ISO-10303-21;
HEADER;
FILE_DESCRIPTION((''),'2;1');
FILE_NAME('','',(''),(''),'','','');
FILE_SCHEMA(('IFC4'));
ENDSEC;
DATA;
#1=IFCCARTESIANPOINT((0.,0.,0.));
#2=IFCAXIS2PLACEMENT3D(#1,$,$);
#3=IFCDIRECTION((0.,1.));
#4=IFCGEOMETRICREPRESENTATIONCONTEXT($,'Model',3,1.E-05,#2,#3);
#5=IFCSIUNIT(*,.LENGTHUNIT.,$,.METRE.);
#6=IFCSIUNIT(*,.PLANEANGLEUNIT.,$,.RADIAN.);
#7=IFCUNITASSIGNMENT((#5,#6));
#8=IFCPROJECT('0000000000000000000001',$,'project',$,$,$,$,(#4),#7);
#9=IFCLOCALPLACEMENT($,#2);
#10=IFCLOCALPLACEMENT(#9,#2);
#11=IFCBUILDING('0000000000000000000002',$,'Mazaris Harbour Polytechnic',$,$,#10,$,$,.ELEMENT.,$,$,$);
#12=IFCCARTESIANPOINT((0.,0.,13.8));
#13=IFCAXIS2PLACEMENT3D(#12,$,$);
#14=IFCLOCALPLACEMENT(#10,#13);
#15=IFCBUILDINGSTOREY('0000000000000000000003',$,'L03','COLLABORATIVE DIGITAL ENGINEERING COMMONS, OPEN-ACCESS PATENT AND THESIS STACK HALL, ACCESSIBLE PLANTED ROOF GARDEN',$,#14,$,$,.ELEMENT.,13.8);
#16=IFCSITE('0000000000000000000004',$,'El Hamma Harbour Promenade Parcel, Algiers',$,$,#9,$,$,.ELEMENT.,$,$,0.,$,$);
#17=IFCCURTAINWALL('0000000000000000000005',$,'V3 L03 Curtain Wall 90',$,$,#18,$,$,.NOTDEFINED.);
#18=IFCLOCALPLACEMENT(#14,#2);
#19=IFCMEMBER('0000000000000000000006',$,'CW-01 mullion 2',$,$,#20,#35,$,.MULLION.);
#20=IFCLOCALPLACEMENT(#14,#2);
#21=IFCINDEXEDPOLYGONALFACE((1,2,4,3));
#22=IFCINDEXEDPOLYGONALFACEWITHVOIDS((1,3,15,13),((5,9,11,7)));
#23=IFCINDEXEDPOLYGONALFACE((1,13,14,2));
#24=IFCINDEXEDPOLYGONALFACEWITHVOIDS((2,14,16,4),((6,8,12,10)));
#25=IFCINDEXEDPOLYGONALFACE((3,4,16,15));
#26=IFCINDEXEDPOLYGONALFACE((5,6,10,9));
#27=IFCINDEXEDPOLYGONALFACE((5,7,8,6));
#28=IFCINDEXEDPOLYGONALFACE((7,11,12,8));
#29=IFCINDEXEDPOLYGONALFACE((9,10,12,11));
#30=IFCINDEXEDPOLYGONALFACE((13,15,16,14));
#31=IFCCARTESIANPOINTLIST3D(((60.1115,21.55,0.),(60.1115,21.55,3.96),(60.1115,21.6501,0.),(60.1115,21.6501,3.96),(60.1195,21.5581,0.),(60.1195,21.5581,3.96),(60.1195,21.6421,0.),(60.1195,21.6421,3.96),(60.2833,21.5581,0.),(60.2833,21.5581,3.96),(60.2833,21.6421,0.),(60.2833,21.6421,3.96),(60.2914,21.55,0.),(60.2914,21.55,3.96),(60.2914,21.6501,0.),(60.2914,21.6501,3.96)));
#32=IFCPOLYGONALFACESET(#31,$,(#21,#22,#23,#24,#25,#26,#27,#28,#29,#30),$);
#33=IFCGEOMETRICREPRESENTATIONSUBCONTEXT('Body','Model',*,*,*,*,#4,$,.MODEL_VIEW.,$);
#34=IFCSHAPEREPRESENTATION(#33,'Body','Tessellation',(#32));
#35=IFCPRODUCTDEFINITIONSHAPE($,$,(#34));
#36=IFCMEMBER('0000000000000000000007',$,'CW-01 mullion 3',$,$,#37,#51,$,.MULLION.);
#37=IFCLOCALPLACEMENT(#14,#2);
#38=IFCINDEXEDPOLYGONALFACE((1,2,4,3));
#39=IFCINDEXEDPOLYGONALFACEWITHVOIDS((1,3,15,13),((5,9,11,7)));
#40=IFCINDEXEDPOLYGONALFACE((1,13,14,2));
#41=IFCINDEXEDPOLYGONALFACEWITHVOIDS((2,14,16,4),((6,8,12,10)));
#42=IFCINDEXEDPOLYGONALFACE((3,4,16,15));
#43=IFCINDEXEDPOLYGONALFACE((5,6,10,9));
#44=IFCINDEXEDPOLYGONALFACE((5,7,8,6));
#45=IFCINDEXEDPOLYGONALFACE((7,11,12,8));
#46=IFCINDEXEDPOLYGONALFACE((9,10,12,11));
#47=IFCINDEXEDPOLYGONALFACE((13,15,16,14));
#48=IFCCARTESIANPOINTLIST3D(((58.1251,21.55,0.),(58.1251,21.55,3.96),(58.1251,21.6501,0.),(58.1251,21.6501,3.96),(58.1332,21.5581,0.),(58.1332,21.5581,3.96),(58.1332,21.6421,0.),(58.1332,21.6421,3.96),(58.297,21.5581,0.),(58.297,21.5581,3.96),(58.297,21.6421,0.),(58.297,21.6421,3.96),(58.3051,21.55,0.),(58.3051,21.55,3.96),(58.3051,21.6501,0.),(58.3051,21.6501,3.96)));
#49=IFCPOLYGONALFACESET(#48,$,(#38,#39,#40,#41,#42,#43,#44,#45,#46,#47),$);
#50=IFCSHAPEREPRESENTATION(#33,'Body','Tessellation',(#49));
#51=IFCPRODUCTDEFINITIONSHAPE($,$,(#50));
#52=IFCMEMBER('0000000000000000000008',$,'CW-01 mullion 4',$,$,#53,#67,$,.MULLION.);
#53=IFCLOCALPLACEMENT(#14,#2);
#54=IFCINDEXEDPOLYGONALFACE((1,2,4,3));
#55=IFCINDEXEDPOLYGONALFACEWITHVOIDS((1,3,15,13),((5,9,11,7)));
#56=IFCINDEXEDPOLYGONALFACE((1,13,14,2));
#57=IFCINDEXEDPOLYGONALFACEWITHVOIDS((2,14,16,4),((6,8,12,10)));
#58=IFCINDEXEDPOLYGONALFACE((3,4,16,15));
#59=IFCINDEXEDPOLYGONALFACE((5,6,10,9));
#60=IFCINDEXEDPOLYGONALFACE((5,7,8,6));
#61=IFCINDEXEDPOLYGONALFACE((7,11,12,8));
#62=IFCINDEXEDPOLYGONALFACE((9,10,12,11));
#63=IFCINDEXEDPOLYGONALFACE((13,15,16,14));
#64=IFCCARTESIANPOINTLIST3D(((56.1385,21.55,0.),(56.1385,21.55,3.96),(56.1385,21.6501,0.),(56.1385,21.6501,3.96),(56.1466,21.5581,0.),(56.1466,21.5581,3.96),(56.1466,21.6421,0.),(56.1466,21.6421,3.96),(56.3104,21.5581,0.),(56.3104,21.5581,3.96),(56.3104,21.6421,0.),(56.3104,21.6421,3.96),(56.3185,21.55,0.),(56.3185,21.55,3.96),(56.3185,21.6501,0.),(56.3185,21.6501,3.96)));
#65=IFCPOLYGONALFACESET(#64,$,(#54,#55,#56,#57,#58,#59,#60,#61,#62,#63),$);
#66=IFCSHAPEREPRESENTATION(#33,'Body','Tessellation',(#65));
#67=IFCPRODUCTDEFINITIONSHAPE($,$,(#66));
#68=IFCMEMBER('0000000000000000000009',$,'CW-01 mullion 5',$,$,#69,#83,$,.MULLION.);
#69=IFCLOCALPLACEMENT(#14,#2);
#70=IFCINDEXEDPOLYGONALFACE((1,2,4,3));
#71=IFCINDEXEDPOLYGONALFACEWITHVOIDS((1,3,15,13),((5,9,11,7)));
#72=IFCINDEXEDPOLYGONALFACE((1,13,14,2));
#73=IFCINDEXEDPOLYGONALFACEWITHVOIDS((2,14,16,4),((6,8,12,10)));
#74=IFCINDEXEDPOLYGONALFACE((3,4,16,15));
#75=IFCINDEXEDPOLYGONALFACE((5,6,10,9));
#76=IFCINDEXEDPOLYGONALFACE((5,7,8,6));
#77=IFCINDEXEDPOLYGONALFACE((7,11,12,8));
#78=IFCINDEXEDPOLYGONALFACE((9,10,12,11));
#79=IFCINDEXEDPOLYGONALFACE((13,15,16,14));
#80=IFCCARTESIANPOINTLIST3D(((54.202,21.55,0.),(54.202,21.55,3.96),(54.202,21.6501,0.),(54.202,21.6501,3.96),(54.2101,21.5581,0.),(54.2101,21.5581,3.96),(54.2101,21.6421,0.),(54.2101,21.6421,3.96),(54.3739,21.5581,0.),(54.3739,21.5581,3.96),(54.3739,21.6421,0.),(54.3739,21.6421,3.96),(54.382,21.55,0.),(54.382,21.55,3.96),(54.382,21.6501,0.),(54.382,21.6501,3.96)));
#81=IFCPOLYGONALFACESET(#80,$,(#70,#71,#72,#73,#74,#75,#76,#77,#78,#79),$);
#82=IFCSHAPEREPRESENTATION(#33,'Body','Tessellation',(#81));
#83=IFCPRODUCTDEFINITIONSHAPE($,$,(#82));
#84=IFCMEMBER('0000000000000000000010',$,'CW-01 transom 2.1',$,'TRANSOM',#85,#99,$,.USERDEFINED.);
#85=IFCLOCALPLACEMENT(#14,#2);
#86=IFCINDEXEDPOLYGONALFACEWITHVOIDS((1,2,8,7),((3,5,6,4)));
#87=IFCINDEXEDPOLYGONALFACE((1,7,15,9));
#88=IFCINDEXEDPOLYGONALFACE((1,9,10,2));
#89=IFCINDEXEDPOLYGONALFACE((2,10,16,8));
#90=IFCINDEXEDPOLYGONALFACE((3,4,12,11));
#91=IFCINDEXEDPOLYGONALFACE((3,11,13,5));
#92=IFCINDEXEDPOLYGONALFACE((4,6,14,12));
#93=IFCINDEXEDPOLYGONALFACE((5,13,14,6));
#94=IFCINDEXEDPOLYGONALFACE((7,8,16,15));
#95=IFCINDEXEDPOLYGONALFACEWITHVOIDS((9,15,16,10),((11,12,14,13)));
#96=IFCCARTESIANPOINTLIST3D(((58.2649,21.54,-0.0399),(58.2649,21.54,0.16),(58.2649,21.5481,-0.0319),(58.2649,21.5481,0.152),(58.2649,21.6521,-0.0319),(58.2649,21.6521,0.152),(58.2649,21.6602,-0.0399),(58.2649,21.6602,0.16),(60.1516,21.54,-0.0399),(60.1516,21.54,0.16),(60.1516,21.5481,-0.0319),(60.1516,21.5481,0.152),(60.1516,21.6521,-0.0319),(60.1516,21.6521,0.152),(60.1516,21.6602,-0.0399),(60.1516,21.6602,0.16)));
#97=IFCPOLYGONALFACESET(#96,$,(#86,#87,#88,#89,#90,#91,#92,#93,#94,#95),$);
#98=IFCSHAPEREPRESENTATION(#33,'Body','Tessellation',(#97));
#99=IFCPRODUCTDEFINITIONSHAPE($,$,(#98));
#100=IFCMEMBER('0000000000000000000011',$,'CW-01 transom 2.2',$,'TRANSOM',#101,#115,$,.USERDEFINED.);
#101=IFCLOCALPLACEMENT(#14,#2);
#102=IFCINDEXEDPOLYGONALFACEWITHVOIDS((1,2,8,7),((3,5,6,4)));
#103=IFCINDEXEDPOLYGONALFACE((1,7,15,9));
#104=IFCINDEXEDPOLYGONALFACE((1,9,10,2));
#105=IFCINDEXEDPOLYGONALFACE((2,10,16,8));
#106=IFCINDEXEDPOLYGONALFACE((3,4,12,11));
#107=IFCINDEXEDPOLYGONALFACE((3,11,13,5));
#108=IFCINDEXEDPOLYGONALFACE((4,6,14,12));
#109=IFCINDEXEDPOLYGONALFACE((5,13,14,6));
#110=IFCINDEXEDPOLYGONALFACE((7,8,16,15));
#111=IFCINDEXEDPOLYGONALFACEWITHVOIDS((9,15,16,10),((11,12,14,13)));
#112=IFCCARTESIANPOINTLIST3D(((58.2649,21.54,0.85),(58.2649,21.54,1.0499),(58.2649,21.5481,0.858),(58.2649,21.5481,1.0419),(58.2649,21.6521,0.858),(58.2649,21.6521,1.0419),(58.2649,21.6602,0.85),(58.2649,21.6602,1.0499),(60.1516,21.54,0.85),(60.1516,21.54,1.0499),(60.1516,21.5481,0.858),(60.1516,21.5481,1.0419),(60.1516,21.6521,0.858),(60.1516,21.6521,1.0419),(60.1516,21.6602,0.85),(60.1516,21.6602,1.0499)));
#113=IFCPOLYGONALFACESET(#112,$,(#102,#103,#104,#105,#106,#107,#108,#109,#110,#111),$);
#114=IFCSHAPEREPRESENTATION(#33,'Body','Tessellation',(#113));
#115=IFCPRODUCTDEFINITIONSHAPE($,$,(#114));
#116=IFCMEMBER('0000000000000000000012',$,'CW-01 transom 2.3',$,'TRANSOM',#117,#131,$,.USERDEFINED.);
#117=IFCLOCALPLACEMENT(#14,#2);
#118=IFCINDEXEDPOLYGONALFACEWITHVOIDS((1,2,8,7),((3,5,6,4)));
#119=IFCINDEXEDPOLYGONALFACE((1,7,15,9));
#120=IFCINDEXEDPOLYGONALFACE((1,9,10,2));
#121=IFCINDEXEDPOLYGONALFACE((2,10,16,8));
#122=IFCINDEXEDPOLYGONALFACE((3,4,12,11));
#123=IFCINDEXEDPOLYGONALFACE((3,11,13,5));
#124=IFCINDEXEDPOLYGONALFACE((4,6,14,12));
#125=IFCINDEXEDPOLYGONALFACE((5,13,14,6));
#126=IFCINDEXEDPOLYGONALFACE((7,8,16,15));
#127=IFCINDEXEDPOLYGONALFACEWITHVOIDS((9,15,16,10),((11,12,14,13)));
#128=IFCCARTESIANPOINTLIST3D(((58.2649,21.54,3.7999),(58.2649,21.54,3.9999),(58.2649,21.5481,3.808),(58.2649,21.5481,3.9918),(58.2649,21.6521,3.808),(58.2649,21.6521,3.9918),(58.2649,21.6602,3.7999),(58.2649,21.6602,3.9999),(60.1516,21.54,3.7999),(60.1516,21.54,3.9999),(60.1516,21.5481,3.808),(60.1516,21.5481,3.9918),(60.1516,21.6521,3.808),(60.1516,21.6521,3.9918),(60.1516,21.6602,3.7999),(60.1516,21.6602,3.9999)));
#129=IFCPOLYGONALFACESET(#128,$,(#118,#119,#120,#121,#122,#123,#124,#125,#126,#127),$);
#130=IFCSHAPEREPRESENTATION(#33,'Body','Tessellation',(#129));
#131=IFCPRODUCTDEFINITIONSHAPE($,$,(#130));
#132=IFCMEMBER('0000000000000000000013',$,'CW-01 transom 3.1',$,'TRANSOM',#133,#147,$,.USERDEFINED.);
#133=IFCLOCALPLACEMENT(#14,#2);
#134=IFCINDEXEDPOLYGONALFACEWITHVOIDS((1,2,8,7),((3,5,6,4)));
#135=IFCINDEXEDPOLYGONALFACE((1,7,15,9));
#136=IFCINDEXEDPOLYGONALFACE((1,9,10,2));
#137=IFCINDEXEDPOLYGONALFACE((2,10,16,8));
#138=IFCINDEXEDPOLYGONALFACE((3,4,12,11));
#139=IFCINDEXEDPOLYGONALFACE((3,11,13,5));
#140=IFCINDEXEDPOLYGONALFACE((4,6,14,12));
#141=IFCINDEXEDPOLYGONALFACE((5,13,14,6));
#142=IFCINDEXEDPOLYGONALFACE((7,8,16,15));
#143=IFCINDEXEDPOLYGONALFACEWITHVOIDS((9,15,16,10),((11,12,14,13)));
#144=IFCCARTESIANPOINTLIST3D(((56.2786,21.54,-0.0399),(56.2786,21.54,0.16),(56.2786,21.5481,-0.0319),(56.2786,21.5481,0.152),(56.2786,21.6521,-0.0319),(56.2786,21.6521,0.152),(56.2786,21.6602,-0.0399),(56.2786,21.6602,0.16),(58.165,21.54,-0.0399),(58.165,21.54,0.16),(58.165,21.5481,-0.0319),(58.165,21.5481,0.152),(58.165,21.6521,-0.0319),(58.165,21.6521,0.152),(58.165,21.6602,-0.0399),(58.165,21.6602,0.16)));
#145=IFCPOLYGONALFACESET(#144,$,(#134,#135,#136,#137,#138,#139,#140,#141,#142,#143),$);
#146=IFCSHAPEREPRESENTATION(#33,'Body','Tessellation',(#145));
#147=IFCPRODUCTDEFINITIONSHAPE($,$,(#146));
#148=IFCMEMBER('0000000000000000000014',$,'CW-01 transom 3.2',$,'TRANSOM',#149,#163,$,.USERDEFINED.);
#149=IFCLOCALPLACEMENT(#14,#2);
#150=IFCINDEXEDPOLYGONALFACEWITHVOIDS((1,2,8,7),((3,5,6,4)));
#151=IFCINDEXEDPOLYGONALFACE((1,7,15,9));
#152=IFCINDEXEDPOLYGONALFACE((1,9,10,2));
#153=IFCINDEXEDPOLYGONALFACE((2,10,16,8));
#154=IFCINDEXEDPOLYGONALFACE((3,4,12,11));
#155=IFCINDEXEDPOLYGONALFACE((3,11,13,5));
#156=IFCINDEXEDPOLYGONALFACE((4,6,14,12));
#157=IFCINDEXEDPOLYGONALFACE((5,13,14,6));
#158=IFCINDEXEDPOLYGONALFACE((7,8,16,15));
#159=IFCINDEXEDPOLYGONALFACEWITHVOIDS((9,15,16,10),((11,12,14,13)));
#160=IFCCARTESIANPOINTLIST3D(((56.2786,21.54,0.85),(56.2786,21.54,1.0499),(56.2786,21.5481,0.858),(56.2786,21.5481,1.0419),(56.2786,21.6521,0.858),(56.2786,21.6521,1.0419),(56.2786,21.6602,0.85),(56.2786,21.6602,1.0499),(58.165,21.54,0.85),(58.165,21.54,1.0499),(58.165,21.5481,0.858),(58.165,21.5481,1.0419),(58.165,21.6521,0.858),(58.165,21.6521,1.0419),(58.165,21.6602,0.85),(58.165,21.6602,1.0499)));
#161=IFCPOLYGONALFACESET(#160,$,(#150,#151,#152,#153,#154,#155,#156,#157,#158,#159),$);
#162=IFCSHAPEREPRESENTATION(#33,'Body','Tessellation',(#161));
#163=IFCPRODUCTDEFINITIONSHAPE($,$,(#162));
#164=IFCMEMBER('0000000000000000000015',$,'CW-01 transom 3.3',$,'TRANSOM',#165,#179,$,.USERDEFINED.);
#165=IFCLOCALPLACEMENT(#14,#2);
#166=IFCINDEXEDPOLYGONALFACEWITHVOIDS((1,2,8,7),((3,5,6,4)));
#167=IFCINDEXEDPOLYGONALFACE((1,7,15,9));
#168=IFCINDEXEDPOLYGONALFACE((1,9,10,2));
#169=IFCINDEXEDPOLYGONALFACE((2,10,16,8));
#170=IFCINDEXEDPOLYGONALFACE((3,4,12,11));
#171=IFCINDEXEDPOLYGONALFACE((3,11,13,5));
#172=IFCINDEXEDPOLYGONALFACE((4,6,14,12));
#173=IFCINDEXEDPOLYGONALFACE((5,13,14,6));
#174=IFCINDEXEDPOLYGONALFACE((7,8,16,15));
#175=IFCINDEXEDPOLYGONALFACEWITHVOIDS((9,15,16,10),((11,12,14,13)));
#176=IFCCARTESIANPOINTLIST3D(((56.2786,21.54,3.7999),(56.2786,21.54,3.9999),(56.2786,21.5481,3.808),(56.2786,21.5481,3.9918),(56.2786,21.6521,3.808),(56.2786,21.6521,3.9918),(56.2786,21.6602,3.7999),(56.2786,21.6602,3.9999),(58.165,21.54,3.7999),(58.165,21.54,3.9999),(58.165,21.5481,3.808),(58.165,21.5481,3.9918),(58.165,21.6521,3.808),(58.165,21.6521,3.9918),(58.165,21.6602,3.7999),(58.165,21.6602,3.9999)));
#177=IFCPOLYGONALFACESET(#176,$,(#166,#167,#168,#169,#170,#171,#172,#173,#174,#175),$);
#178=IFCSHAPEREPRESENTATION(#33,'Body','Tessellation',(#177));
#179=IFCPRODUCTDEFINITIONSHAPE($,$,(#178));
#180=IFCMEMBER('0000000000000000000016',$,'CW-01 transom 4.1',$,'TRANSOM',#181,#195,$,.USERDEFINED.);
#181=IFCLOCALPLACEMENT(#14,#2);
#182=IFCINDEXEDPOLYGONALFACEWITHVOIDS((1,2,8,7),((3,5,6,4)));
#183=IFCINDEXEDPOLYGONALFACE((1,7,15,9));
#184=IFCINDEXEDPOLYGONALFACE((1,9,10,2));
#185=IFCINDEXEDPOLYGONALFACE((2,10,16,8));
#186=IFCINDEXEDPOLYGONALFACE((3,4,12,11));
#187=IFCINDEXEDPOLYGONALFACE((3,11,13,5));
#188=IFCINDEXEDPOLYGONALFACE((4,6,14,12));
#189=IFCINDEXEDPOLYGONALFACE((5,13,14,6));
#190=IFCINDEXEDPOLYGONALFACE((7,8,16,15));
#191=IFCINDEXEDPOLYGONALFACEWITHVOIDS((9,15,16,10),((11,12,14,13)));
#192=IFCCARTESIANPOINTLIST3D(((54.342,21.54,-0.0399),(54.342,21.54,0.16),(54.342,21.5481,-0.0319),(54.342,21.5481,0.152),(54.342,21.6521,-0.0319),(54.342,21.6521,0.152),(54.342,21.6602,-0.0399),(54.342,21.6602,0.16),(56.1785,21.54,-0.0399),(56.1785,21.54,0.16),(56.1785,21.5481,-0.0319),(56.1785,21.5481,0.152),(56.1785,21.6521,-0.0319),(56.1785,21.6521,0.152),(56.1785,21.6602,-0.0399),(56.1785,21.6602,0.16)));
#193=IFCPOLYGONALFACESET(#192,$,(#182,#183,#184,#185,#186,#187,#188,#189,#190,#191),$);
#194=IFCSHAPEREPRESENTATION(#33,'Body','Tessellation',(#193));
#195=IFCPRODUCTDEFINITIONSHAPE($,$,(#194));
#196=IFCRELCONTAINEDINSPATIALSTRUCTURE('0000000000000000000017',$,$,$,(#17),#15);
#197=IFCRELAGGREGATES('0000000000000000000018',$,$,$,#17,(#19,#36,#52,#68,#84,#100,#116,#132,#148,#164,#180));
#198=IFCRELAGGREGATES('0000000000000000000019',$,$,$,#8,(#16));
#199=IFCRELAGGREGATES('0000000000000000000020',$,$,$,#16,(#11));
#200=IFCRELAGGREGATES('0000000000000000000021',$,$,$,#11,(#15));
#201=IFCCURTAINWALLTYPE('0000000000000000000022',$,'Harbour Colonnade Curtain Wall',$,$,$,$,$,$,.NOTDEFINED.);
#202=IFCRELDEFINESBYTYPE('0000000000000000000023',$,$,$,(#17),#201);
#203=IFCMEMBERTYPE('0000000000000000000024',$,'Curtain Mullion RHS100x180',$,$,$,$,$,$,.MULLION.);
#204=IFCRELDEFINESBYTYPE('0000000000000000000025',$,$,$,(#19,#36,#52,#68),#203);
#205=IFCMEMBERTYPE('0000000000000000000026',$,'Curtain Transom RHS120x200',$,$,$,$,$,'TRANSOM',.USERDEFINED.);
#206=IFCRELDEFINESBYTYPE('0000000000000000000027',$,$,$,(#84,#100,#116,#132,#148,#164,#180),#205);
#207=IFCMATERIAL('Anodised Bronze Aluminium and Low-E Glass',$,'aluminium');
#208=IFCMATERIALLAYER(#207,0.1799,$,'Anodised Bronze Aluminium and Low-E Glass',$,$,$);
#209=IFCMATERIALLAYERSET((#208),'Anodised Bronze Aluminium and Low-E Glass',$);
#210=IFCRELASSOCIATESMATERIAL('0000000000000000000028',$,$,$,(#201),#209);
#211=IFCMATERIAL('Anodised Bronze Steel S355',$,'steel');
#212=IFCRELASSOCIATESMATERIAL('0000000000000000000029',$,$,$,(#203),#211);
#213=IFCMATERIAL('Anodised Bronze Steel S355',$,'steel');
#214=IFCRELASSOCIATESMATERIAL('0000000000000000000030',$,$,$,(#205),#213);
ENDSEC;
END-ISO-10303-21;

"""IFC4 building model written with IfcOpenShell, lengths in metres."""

from ifc_helpers import new_model, si_unit, direction, frame, origin, origin_2d, place, context, subcontext, project, spatial, hollow_rectangle, extrude, material, layer, layer_set, material_profile, profile_set, type_object, element, aggregate, save


model = new_model("IFC4")

# Units and contexts
model_context = context("Model", 3, precision=1e-05, world=origin(), true_north=direction((0.0, 1.0)))
body_context = subcontext(model_context, "Body", "Model", "MODEL_VIEW")
ifc_project = project(units=[si_unit("LENGTHUNIT", "METRE"), si_unit("PLANEANGLEUNIT", "RADIAN")], contexts=[model_context])

# Site, building, storey
site_placement = place(None, origin())
site = spatial("IfcSite", under=ifc_project, at=site_placement, Name="El Hamma Harbour Promenade Parcel, Algiers", CompositionType="ELEMENT", RefElevation=0.0)
building_placement = place(site_placement, origin())
building = spatial("IfcBuilding", under=site, at=building_placement, Name="Mazaris Harbour Polytechnic", CompositionType="ELEMENT")
storey_placement = place(building_placement, frame((0.0, 0.0, 13.8)))
storey = spatial("IfcBuildingStorey", under=building, at=storey_placement, Name="L03", Description="COLLABORATIVE DIGITAL ENGINEERING COMMONS, OPEN-ACCESS PATENT AND THESIS STACK HALL, ACCESSIBLE PLANTED ROOF GARDEN", CompositionType="ELEMENT", Elevation=13.8)

# Curtain wall, members
ifc_material_1 = material(Name="Anodised Bronze Aluminium and Low-E Glass", Category="aluminium")
ifc_layer_1 = layer(ifc_material_1, 0.1799, Name="Anodised Bronze Aluminium and Low-E Glass")
ifc_layer_set_1 = layer_set([ifc_layer_1], Name="Anodised Bronze Aluminium and Low-E Glass")
curtain_wall_type = type_object("IfcCurtainWallType", Name="Harbour Colonnade Curtain Wall", PredefinedType="NOTDEFINED", material=ifc_layer_set_1)
curtain_wall_placement = place(storey_placement, origin())
curtain_wall = element("IfcCurtainWall", 1, at=curtain_wall_placement, inside=storey, type_object=curtain_wall_type, Name="V3 L03 Curtain Wall 90", PredefinedType="NOTDEFINED")
ifc_material_2 = material(Name="Anodised Bronze Steel S355", Category="steel")
ifc_material_profile_1 = material_profile(ifc_material_2, hollow_rectangle(XDim=0.1001, YDim=0.1799, WallThickness=0.0081, at=origin_2d()), Name="RHS 100x180x8.0")
ifc_profile_set_1 = profile_set([ifc_material_profile_1], Name="Anodised Bronze Steel S355")
member_type_1 = type_object("IfcMemberType", Name="Curtain Mullion RHS100x180", PredefinedType="MULLION", material=ifc_profile_set_1)
member_1_placement = place(storey_placement, frame((60.2014, 21.6001, 0.0), z_axis=(0.0, 0.0, 1.0), x_axis=(0.0, -1.0, 0.0)))
member_1 = element("IfcMember", 2, at=member_1_placement, type_object=member_type_1, Name="CW-01 mullion 2", PredefinedType="MULLION", context=body_context, shape_type="SweptSolid", body=[
    extrude(hollow_rectangle(XDim=0.1001, YDim=0.1799, WallThickness=0.0081, at=origin_2d()), origin(), (0.0, 0.0, 1.0), 3.96),
])
member_2_placement = place(storey_placement, frame((58.2151, 21.6001, 0.0), z_axis=(0.0, 0.0, 1.0), x_axis=(0.0, -1.0, 0.0)))
member_2 = element("IfcMember", 3, at=member_2_placement, type_object=member_type_1, Name="CW-01 mullion 3", PredefinedType="MULLION", context=body_context, shape_type="SweptSolid", body=[
    extrude(hollow_rectangle(XDim=0.1001, YDim=0.1799, WallThickness=0.0081, at=origin_2d()), origin(), (0.0, 0.0, 1.0), 3.96),
])
member_3_placement = place(storey_placement, frame((56.2285, 21.6001, 0.0), z_axis=(0.0, 0.0, 1.0), x_axis=(0.0, -1.0, 0.0)))
member_3 = element("IfcMember", 4, at=member_3_placement, type_object=member_type_1, Name="CW-01 mullion 4", PredefinedType="MULLION", context=body_context, shape_type="SweptSolid", body=[
    extrude(hollow_rectangle(XDim=0.1001, YDim=0.1799, WallThickness=0.0081, at=origin_2d()), origin(), (0.0, 0.0, 1.0), 3.96),
])
member_4_placement = place(storey_placement, frame((54.292, 21.6001, 0.0), z_axis=(0.0, 0.0, 1.0), x_axis=(0.0, -1.0, 0.0)))
member_4 = element("IfcMember", 5, at=member_4_placement, type_object=member_type_1, Name="CW-01 mullion 5", PredefinedType="MULLION", context=body_context, shape_type="SweptSolid", body=[
    extrude(hollow_rectangle(XDim=0.1001, YDim=0.1799, WallThickness=0.0081, at=origin_2d()), origin(), (0.0, 0.0, 1.0), 3.96),
])
ifc_material_3 = material(Name="Anodised Bronze Steel S355", Category="steel")
ifc_material_profile_2 = material_profile(ifc_material_3, hollow_rectangle(XDim=0.1201, YDim=0.2, WallThickness=0.0081, at=origin_2d()), Name="RHS 120x200x8.0")
ifc_profile_set_2 = profile_set([ifc_material_profile_2], Name="Anodised Bronze Steel S355")
member_type_2 = type_object("IfcMemberType", Name="Curtain Transom RHS120x200", ElementType="TRANSOM", PredefinedType="USERDEFINED", material=ifc_profile_set_2)
member_5_placement = place(storey_placement, frame((60.1516, 21.6001, 0.0601), z_axis=(-1.0, 0.0, 0.0), x_axis=(0.0, -1.0, 0.0)))
member_5 = element("IfcMember", 6, at=member_5_placement, type_object=member_type_2, Name="CW-01 transom 2.1", ObjectType="TRANSOM", PredefinedType="USERDEFINED", context=body_context, shape_type="SweptSolid", body=[
    extrude(hollow_rectangle(XDim=0.1201, YDim=0.2, WallThickness=0.0081, at=origin_2d()), origin(), (0.0, 0.0, 1.0), 1.8867),
])
member_6_placement = place(storey_placement, frame((60.1516, 21.6001, 0.95), z_axis=(-1.0, 0.0, 0.0), x_axis=(0.0, -1.0, 0.0)))
member_6 = element("IfcMember", 7, at=member_6_placement, type_object=member_type_2, Name="CW-01 transom 2.2", ObjectType="TRANSOM", PredefinedType="USERDEFINED", context=body_context, shape_type="SweptSolid", body=[
    extrude(hollow_rectangle(XDim=0.1201, YDim=0.2, WallThickness=0.0081, at=origin_2d()), origin(), (0.0, 0.0, 1.0), 1.8867),
])
member_7_placement = place(storey_placement, frame((60.1516, 21.6001, 3.8999), z_axis=(-1.0, 0.0, 0.0), x_axis=(0.0, -1.0, 0.0)))
member_7 = element("IfcMember", 8, at=member_7_placement, type_object=member_type_2, Name="CW-01 transom 2.3", ObjectType="TRANSOM", PredefinedType="USERDEFINED", context=body_context, shape_type="SweptSolid", body=[
    extrude(hollow_rectangle(XDim=0.1201, YDim=0.2, WallThickness=0.0081, at=origin_2d()), origin(), (0.0, 0.0, 1.0), 1.8867),
])
member_8_placement = place(storey_placement, frame((58.165, 21.6001, 0.0601), z_axis=(-1.0, 0.0, 0.0), x_axis=(0.0, -1.0, 0.0)))
member_8 = element("IfcMember", 9, at=member_8_placement, type_object=member_type_2, Name="CW-01 transom 3.1", ObjectType="TRANSOM", PredefinedType="USERDEFINED", context=body_context, shape_type="SweptSolid", body=[
    extrude(hollow_rectangle(XDim=0.1201, YDim=0.2, WallThickness=0.0081, at=origin_2d()), origin(), (0.0, 0.0, 1.0), 1.8865),
])
member_9_placement = place(storey_placement, frame((58.165, 21.6001, 0.95), z_axis=(-1.0, 0.0, 0.0), x_axis=(0.0, -1.0, 0.0)))
member_9 = element("IfcMember", 10, at=member_9_placement, type_object=member_type_2, Name="CW-01 transom 3.2", ObjectType="TRANSOM", PredefinedType="USERDEFINED", context=body_context, shape_type="SweptSolid", body=[
    extrude(hollow_rectangle(XDim=0.1201, YDim=0.2, WallThickness=0.0081, at=origin_2d()), origin(), (0.0, 0.0, 1.0), 1.8865),
])
member_10_placement = place(storey_placement, frame((58.165, 21.6001, 3.8999), z_axis=(-1.0, 0.0, 0.0), x_axis=(0.0, -1.0, 0.0)))
member_10 = element("IfcMember", 11, at=member_10_placement, type_object=member_type_2, Name="CW-01 transom 3.3", ObjectType="TRANSOM", PredefinedType="USERDEFINED", context=body_context, shape_type="SweptSolid", body=[
    extrude(hollow_rectangle(XDim=0.1201, YDim=0.2, WallThickness=0.0081, at=origin_2d()), origin(), (0.0, 0.0, 1.0), 1.8865),
])
member_11_placement = place(storey_placement, frame((56.1785, 21.6001, 0.0601), z_axis=(-1.0, 0.0, 0.0), x_axis=(0.0, -1.0, 0.0)))
member_11 = element("IfcMember", 12, at=member_11_placement, type_object=member_type_2, Name="CW-01 transom 4.1", ObjectType="TRANSOM", PredefinedType="USERDEFINED", context=body_context, shape_type="SweptSolid", body=[
    extrude(hollow_rectangle(XDim=0.1201, YDim=0.2, WallThickness=0.0081, at=origin_2d()), origin(), (0.0, 0.0, 1.0), 1.8364),
])

aggregate(curtain_wall, [member_1, member_2, member_3, member_4, member_5, member_6, member_7, member_8, member_9, member_10, member_11])

save(model, "model.ifc")
